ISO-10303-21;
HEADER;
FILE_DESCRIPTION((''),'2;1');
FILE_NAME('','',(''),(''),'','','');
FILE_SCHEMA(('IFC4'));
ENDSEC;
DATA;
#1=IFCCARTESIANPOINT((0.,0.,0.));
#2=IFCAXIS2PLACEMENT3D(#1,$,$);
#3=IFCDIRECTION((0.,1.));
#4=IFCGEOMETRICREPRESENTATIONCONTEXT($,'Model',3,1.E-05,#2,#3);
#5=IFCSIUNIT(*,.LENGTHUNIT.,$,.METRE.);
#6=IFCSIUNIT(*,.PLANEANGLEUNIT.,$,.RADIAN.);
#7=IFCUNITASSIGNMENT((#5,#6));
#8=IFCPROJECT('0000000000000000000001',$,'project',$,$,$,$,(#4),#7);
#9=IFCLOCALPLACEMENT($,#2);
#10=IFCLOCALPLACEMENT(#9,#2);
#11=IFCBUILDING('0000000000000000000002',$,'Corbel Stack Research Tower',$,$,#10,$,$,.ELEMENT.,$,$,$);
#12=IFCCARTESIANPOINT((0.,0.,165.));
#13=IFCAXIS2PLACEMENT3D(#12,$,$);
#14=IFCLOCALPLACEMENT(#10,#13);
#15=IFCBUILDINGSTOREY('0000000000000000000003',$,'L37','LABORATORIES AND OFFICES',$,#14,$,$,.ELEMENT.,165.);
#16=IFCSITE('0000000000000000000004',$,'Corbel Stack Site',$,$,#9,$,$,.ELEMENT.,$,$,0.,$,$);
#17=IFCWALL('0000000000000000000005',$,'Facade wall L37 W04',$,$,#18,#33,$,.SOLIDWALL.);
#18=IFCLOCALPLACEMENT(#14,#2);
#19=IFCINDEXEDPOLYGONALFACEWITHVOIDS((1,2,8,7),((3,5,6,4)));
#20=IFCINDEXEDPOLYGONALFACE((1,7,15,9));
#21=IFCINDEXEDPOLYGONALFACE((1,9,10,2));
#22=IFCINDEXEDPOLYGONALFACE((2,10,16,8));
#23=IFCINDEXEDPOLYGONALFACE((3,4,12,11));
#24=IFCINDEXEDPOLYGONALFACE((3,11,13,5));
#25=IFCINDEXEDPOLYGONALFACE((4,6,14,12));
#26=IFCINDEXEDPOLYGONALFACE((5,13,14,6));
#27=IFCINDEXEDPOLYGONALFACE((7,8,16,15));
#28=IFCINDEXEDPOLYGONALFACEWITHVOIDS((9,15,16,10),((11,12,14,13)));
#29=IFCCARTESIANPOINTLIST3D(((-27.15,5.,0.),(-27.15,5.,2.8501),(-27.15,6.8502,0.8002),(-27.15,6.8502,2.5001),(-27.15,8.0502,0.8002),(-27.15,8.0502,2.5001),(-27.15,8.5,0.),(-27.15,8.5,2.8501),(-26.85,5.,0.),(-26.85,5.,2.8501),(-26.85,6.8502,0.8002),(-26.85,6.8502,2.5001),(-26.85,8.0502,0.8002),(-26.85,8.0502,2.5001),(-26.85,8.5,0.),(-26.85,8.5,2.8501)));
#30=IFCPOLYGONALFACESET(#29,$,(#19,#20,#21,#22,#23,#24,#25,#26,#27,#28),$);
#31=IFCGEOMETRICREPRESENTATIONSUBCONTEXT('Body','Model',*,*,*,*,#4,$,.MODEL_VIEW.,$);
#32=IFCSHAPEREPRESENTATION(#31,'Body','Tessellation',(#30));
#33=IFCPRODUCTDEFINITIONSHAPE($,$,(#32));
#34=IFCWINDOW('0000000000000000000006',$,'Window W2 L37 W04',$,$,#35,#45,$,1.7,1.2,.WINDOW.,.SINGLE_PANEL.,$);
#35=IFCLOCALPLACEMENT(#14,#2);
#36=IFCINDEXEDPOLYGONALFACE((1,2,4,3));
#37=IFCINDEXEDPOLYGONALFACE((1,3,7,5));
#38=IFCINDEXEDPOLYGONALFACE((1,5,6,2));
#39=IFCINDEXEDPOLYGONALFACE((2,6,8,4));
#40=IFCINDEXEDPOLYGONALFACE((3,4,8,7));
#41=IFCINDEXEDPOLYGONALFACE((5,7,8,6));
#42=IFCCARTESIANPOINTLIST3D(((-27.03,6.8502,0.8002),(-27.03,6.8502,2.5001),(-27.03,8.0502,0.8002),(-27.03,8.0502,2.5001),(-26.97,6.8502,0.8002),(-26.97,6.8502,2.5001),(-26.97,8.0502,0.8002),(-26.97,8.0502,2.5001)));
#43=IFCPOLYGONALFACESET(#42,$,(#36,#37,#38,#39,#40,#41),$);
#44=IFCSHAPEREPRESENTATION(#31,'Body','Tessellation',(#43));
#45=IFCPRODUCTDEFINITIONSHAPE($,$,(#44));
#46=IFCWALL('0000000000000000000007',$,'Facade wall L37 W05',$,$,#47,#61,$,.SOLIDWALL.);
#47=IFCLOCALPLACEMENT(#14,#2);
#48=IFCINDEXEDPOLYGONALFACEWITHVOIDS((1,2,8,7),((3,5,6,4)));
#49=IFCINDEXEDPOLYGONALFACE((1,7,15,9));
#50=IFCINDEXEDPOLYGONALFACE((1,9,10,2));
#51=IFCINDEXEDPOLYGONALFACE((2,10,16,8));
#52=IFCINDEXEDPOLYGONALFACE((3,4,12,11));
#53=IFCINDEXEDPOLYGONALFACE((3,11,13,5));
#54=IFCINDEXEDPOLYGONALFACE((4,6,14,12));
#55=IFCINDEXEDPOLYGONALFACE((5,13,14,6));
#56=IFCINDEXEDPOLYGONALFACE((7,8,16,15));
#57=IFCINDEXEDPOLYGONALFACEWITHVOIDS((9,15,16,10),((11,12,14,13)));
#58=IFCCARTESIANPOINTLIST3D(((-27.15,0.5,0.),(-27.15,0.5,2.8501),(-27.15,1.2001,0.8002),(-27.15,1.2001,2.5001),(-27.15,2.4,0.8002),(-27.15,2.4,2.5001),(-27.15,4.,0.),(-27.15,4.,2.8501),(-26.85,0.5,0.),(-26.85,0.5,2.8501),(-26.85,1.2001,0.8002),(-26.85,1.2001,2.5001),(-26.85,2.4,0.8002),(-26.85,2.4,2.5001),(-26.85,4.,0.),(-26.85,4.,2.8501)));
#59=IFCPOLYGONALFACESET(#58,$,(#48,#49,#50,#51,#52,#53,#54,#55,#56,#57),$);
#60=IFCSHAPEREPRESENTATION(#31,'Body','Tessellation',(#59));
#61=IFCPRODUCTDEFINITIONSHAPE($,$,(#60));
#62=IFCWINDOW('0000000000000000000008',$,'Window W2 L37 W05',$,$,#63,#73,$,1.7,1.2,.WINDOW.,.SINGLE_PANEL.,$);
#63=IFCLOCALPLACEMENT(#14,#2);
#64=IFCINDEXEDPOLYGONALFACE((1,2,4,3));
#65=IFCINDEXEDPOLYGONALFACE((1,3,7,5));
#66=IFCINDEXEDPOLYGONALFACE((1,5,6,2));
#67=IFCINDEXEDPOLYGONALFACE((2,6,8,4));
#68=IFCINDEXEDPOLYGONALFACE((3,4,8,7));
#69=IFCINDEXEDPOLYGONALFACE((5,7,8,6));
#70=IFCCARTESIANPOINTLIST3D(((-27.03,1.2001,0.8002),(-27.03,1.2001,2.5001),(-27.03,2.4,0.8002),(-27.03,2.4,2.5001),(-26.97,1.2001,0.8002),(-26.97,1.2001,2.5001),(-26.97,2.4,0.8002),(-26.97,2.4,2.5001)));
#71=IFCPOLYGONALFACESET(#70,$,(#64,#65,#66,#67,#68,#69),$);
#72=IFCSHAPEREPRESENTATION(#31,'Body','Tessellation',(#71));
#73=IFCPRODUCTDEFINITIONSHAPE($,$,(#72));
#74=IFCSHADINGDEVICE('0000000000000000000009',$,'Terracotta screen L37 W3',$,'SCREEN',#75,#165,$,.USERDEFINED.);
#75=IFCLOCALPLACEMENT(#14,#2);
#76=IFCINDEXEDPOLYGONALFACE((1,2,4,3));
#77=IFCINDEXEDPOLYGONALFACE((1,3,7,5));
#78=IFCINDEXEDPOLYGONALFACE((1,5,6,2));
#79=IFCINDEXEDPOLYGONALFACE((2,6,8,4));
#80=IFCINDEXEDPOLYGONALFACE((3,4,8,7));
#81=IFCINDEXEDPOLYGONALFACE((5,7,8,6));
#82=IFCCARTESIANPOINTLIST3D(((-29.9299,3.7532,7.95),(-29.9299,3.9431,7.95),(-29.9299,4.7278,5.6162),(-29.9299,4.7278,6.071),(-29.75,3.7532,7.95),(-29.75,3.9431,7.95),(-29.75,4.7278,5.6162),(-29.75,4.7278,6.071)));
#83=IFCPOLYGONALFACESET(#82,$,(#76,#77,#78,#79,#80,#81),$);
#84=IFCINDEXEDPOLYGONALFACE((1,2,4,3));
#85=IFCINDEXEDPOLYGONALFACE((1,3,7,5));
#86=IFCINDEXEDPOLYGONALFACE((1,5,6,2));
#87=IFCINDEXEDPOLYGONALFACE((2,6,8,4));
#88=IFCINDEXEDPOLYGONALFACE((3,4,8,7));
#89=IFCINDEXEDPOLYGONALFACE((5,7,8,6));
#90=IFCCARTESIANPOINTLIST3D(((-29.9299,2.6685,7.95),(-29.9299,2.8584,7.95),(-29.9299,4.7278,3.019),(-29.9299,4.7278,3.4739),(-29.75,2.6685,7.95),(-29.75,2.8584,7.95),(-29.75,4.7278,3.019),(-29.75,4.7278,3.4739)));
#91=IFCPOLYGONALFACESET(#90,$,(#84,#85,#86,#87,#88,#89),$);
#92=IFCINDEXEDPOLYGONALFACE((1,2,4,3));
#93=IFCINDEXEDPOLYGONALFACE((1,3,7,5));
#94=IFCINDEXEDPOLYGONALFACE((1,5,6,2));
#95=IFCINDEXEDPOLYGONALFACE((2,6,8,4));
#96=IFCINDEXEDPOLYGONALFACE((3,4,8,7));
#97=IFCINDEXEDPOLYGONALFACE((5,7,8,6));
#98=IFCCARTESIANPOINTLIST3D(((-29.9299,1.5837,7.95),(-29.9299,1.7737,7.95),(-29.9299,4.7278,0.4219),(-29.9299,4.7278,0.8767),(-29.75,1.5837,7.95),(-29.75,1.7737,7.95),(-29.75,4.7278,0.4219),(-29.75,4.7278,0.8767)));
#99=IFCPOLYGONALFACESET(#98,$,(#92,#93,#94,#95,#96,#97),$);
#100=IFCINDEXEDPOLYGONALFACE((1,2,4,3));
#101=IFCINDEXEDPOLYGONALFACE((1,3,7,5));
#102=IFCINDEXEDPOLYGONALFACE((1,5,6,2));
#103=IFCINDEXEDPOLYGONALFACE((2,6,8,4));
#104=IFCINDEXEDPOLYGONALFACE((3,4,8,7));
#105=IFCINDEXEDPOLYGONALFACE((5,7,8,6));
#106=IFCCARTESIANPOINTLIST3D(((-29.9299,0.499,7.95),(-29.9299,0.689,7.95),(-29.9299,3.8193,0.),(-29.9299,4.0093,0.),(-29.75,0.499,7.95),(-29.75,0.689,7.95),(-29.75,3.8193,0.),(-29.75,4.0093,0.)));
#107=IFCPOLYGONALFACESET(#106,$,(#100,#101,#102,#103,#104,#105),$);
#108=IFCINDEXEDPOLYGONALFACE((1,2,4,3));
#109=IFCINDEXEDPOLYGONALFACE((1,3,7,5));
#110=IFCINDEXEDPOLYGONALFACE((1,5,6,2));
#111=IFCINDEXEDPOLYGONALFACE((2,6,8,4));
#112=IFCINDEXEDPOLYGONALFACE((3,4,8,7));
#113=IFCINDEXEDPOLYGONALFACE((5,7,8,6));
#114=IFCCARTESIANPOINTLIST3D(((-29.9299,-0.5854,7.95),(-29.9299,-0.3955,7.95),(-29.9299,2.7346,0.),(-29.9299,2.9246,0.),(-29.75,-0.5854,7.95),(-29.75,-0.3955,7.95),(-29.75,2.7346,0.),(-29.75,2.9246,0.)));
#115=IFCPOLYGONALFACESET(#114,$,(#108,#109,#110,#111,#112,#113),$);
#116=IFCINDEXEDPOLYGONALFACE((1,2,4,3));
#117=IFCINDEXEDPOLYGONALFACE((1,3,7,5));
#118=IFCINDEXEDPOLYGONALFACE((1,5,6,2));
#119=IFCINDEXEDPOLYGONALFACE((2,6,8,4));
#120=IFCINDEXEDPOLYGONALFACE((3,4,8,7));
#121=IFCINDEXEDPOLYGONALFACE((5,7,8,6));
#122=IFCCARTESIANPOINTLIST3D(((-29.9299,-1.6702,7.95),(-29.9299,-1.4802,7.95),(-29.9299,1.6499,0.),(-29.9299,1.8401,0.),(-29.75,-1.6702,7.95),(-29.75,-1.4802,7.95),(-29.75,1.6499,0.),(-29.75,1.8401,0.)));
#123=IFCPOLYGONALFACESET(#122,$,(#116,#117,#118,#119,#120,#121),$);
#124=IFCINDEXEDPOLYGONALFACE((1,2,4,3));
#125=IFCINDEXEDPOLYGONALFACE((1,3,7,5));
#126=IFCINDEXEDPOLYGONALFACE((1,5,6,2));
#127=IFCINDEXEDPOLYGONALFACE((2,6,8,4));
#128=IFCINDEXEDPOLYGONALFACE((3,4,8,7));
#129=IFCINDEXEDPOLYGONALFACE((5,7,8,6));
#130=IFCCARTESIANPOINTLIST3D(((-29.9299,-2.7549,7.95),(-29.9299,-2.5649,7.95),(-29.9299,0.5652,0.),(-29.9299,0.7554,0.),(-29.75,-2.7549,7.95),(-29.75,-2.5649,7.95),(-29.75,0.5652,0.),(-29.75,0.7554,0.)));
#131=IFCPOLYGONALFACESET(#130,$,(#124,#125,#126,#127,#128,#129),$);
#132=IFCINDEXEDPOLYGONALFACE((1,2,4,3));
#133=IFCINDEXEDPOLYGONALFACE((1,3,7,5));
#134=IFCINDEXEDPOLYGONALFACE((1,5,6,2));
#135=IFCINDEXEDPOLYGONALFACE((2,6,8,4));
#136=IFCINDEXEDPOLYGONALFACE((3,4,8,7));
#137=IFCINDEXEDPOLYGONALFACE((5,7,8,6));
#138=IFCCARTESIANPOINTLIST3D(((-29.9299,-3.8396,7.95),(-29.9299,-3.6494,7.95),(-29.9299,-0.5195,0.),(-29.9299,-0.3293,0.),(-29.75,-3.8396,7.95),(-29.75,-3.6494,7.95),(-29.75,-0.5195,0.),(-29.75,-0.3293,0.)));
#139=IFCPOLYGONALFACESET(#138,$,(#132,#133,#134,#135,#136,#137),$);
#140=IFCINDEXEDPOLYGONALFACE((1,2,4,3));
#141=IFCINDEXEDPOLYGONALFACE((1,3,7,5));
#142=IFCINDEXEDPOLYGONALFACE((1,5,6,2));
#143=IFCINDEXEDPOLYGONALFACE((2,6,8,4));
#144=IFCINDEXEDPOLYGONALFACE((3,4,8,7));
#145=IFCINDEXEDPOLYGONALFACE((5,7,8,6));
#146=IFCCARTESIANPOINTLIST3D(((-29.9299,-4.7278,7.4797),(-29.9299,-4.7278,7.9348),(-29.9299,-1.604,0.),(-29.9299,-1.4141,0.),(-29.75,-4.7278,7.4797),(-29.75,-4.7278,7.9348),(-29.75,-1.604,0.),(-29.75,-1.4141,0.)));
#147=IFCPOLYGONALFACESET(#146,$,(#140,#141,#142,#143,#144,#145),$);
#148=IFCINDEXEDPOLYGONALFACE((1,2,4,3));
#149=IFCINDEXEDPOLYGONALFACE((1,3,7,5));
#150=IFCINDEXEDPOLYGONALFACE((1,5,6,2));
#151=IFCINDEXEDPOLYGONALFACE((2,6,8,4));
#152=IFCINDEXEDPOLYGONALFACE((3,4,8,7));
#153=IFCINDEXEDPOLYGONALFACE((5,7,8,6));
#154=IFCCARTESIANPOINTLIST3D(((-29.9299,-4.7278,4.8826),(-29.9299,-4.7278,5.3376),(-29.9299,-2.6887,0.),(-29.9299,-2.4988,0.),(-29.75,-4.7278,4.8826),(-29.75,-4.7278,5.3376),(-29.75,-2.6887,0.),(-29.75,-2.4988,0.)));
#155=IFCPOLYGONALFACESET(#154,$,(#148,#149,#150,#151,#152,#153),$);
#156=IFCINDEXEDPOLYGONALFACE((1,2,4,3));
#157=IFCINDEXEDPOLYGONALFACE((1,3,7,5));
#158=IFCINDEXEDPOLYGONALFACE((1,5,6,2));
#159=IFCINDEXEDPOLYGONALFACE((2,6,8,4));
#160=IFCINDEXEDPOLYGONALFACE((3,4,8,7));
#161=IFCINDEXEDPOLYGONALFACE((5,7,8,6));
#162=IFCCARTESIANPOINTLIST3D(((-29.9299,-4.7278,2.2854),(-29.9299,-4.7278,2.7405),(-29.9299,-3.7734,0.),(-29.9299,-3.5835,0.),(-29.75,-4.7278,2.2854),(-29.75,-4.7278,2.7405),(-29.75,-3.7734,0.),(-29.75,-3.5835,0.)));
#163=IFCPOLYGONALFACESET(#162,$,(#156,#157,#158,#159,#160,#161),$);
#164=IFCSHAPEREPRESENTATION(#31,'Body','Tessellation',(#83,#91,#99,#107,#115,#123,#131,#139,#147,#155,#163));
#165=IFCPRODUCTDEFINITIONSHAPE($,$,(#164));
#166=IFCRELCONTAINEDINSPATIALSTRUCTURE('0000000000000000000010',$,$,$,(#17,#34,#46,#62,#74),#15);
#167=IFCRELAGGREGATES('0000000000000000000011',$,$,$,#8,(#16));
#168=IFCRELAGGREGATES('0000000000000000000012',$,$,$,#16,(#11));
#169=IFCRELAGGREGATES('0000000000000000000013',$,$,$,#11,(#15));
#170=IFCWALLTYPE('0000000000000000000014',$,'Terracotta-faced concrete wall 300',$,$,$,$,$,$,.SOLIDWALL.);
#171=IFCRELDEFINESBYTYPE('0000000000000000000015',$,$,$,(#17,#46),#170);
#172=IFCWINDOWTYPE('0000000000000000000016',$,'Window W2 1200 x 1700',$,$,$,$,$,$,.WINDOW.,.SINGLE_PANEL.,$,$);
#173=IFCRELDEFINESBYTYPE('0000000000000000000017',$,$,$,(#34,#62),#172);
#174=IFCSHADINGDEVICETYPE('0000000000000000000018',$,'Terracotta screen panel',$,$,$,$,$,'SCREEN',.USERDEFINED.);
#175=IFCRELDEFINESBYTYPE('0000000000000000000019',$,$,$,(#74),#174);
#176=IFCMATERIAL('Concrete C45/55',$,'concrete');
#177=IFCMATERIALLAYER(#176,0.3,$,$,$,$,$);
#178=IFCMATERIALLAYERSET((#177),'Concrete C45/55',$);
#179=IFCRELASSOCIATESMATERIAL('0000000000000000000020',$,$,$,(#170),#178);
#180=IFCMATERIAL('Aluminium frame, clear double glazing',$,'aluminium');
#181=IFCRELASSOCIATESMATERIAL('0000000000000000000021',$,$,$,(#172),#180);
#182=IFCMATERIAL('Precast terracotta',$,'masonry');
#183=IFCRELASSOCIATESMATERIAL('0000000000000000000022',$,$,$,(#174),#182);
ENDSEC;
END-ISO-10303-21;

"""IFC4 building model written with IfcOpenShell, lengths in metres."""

from ifc_helpers import new_model, si_unit, direction, frame, frame_2d, origin, place, context, subcontext, project, spatial, polyline, rectangle, outline, extrude, source, transform, mapped, material, layer, layer_set, type_object, element, fill, save


model = new_model("IFC4")

# Units and contexts
model_context = context("Model", 3, precision=1e-05, world=origin(), true_north=direction((0.0, 1.0)))
body_context = subcontext(model_context, "Body", "Model", "MODEL_VIEW")
ifc_project = project(units=[si_unit("LENGTHUNIT", "METRE"), si_unit("PLANEANGLEUNIT", "RADIAN")], contexts=[model_context])

# Site, building, storey
site_placement = place(None, origin())
site = spatial("IfcSite", under=ifc_project, at=site_placement, Name="Corbel Stack Site", CompositionType="ELEMENT", RefElevation=0.0)
building_placement = place(site_placement, origin())
building = spatial("IfcBuilding", under=site, at=building_placement, Name="Corbel Stack Research Tower", CompositionType="ELEMENT")
storey_placement = place(building_placement, frame((0.0, 0.0, 165.0)))
storey = spatial("IfcBuildingStorey", under=building, at=storey_placement, Name="L37", Description="LABORATORIES AND OFFICES", CompositionType="ELEMENT", Elevation=165.0)

# Walls, openings, windows
ifc_material_1 = material(Name="Concrete C45/55", Category="concrete")
ifc_layer_1 = layer(ifc_material_1, 0.3)
ifc_layer_set_1 = layer_set([ifc_layer_1], Name="Concrete C45/55")
wall_type_1 = type_object("IfcWallType", Name="Terracotta-faced concrete wall 300", PredefinedType="SOLIDWALL", material=ifc_layer_set_1)
wall_1_placement = place(storey_placement, frame((-27.0, 5.0, 0.0), z_axis=(0.0, 0.0, 1.0), x_axis=(0.0, 1.0, 0.0)))
wall_1 = element("IfcWall", 1, at=wall_1_placement, inside=storey, type_object=wall_type_1, Name="Facade wall L37 W04", PredefinedType="SOLIDWALL", context=body_context, shape_type="SweptSolid", body=[
    extrude(rectangle(XDim=3.5, YDim=0.3, at=frame_2d((1.75, 0.0))), origin(), (0.0, 0.0, 1.0), 2.8501),
])
opening_1_placement = place(wall_1_placement, frame((1.8501, 0.0, 0.8)))
opening_1 = element("IfcOpeningElement", 2, at=opening_1_placement, cuts=wall_1, PredefinedType="OPENING", context=body_context, shape_type="SweptSolid", body=[
    extrude(rectangle(XDim=1.2, YDim=1.7, at=frame_2d((0.6001, 0.8501))), frame((0.0, 0.1599, 0.0), z_axis=(0.0, -1.0, 0.0), x_axis=(1.0, 0.0, 0.0)), (0.0, 0.0, 1.0), 0.3201),
])
ifc_material_2 = material(Name="Aluminium frame, clear double glazing", Category="aluminium")
window_type = type_object("IfcWindowType", Name="Window W2 1200 x 1700", PartitioningType="SINGLE_PANEL", PredefinedType="WINDOW", material=ifc_material_2)
window_1_placement = place(opening_1_placement, origin())
window_1 = element("IfcWindow", 3, at=window_1_placement, inside=storey, type_object=window_type, Name="Window W2 L37 W04", OverallHeight=1.7, OverallWidth=1.2, PartitioningType="SINGLE_PANEL", PredefinedType="WINDOW", context=body_context, shape_type="SweptSolid", body=[
    extrude(rectangle(XDim=1.2, YDim=1.7, at=frame_2d((0.6001, 0.8501))), frame((0.0, 0.03, 0.0), z_axis=(0.0, -1.0, 0.0), x_axis=(1.0, 0.0, 0.0)), (0.0, 0.0, 1.0), 0.0601),
])
fill(opening_1, window_1)
wall_2_placement = place(storey_placement, frame((-27.0, 0.5, 0.0), z_axis=(0.0, 0.0, 1.0), x_axis=(0.0, 1.0, 0.0)))
wall_2 = element("IfcWall", 4, at=wall_2_placement, inside=storey, type_object=wall_type_1, Name="Facade wall L37 W05", PredefinedType="SOLIDWALL", context=body_context, shape_type="SweptSolid", body=[
    extrude(rectangle(XDim=3.5, YDim=0.3, at=frame_2d((1.75, 0.0))), origin(), (0.0, 0.0, 1.0), 2.8501),
])
opening_2_placement = place(wall_2_placement, frame((0.7, 0.0, 0.8)))
opening_2 = element("IfcOpeningElement", 5, at=opening_2_placement, cuts=wall_2, PredefinedType="OPENING", context=body_context, shape_type="SweptSolid", body=[
    extrude(rectangle(XDim=1.2, YDim=1.7, at=frame_2d((0.6001, 0.8501))), frame((0.0, 0.1599, 0.0), z_axis=(0.0, -1.0, 0.0), x_axis=(1.0, 0.0, 0.0)), (0.0, 0.0, 1.0), 0.3201),
])
window_2_placement = place(opening_2_placement, origin())
window_2 = element("IfcWindow", 6, at=window_2_placement, inside=storey, type_object=window_type, Name="Window W2 L37 W05", OverallHeight=1.7, OverallWidth=1.2, PartitioningType="SINGLE_PANEL", PredefinedType="WINDOW", context=body_context, shape_type="SweptSolid", body=[
    extrude(rectangle(XDim=1.2, YDim=1.7, at=frame_2d((0.6001, 0.8501))), frame((0.0, 0.03, 0.0), z_axis=(0.0, -1.0, 0.0), x_axis=(1.0, 0.0, 0.0)), (0.0, 0.0, 1.0), 0.0601),
])
fill(opening_2, window_2)

# Shading device
ifc_material_3 = material(Name="Precast terracotta", Category="masonry")
shading_device_type = type_object("IfcShadingDeviceType", Name="Terracotta screen panel", ElementType="SCREEN", PredefinedType="USERDEFINED", material=ifc_material_3)
shared_shape = source(origin(), body_context, "Body", "SweptSolid", [
    extrude(outline(polyline([(0.9746, 7.95), (0.7847, 7.95), (0.0, 6.071), (0.0, 5.6162), (0.9746, 7.95)])), frame((0.0, 0.0, 0.0), z_axis=(0.0, -1.0, 0.0), x_axis=(1.0, 0.0, 0.0)), (0.0, 0.0, 1.0), 0.1799),
    extrude(outline(polyline([(2.0593, 7.95), (1.8694, 7.95), (0.0, 3.4739), (0.0, 3.019), (2.0593, 7.95)])), frame((0.0, 0.0, 0.0), z_axis=(0.0, -1.0, 0.0), x_axis=(1.0, 0.0, 0.0)), (0.0, 0.0, 1.0), 0.1799),
    extrude(outline(polyline([(3.144, 7.95), (2.9541, 7.95), (0.0, 0.8767), (0.0, 0.4219), (3.144, 7.95)])), frame((0.0, 0.0, 0.0), z_axis=(0.0, -1.0, 0.0), x_axis=(1.0, 0.0, 0.0)), (0.0, 0.0, 1.0), 0.1799),
    extrude(outline(polyline([(0.9084, 0.0), (4.2288, 7.95), (4.0388, 7.95), (0.7185, 0.0), (0.9084, 0.0)])), frame((0.0, 0.0, 0.0), z_axis=(0.0, -1.0, 0.0), x_axis=(1.0, 0.0, 0.0)), (0.0, 0.0, 1.0), 0.1799),
    extrude(outline(polyline([(1.9932, 0.0), (5.3132, 7.95), (5.1233, 7.95), (1.8032, 0.0), (1.9932, 0.0)])), frame((0.0, 0.0, 0.0), z_axis=(0.0, -1.0, 0.0), x_axis=(1.0, 0.0, 0.0)), (0.0, 0.0, 1.0), 0.1799),
    extrude(outline(polyline([(3.0779, 0.0), (6.3979, 7.95), (6.208, 7.95), (2.8877, 0.0), (3.0779, 0.0)])), frame((0.0, 0.0, 0.0), z_axis=(0.0, -1.0, 0.0), x_axis=(1.0, 0.0, 0.0)), (0.0, 0.0, 1.0), 0.1799),
    extrude(outline(polyline([(4.1626, 0.0), (7.4827, 7.95), (7.2927, 7.95), (3.9724, 0.0), (4.1626, 0.0)])), frame((0.0, 0.0, 0.0), z_axis=(0.0, -1.0, 0.0), x_axis=(1.0, 0.0, 0.0)), (0.0, 0.0, 1.0), 0.1799),
    extrude(outline(polyline([(5.2473, 0.0), (8.5674, 7.95), (8.3772, 7.95), (5.0571, 0.0), (5.2473, 0.0)])), frame((0.0, 0.0, 0.0), z_axis=(0.0, -1.0, 0.0), x_axis=(1.0, 0.0, 0.0)), (0.0, 0.0, 1.0), 0.1799),
    extrude(outline(polyline([(6.3318, 0.0), (9.4556, 7.4797), (9.4556, 7.9348), (6.1418, 0.0), (6.3318, 0.0)])), frame((0.0, 0.0, 0.0), z_axis=(0.0, -1.0, 0.0), x_axis=(1.0, 0.0, 0.0)), (0.0, 0.0, 1.0), 0.1799),
    extrude(outline(polyline([(7.4165, 0.0), (9.4556, 4.8826), (9.4556, 5.3376), (7.2266, 0.0), (7.4165, 0.0)])), frame((0.0, 0.0, 0.0), z_axis=(0.0, -1.0, 0.0), x_axis=(1.0, 0.0, 0.0)), (0.0, 0.0, 1.0), 0.1799),
    extrude(outline(polyline([(8.5012, 0.0), (9.4556, 2.2854), (9.4556, 2.7405), (8.3113, 0.0), (8.5012, 0.0)])), frame((0.0, 0.0, 0.0), z_axis=(0.0, -1.0, 0.0), x_axis=(1.0, 0.0, 0.0)), (0.0, 0.0, 1.0), 0.1799),
])
shading_device_placement = place(storey_placement, frame((-29.75, 4.7278, 0.0), z_axis=(0.0, 0.0, 1.0), x_axis=(0.0, -1.0, 0.0)))
element("IfcShadingDevice", 7, at=shading_device_placement, inside=storey, type_object=shading_device_type, Name="Terracotta screen L37 W3", ObjectType="SCREEN", PredefinedType="USERDEFINED", context=body_context, shape_type="MappedRepresentation", body=[
    mapped(shared_shape, transform((0.0, 0.0, 0.0))),
])

save(model, "model.ifc")
